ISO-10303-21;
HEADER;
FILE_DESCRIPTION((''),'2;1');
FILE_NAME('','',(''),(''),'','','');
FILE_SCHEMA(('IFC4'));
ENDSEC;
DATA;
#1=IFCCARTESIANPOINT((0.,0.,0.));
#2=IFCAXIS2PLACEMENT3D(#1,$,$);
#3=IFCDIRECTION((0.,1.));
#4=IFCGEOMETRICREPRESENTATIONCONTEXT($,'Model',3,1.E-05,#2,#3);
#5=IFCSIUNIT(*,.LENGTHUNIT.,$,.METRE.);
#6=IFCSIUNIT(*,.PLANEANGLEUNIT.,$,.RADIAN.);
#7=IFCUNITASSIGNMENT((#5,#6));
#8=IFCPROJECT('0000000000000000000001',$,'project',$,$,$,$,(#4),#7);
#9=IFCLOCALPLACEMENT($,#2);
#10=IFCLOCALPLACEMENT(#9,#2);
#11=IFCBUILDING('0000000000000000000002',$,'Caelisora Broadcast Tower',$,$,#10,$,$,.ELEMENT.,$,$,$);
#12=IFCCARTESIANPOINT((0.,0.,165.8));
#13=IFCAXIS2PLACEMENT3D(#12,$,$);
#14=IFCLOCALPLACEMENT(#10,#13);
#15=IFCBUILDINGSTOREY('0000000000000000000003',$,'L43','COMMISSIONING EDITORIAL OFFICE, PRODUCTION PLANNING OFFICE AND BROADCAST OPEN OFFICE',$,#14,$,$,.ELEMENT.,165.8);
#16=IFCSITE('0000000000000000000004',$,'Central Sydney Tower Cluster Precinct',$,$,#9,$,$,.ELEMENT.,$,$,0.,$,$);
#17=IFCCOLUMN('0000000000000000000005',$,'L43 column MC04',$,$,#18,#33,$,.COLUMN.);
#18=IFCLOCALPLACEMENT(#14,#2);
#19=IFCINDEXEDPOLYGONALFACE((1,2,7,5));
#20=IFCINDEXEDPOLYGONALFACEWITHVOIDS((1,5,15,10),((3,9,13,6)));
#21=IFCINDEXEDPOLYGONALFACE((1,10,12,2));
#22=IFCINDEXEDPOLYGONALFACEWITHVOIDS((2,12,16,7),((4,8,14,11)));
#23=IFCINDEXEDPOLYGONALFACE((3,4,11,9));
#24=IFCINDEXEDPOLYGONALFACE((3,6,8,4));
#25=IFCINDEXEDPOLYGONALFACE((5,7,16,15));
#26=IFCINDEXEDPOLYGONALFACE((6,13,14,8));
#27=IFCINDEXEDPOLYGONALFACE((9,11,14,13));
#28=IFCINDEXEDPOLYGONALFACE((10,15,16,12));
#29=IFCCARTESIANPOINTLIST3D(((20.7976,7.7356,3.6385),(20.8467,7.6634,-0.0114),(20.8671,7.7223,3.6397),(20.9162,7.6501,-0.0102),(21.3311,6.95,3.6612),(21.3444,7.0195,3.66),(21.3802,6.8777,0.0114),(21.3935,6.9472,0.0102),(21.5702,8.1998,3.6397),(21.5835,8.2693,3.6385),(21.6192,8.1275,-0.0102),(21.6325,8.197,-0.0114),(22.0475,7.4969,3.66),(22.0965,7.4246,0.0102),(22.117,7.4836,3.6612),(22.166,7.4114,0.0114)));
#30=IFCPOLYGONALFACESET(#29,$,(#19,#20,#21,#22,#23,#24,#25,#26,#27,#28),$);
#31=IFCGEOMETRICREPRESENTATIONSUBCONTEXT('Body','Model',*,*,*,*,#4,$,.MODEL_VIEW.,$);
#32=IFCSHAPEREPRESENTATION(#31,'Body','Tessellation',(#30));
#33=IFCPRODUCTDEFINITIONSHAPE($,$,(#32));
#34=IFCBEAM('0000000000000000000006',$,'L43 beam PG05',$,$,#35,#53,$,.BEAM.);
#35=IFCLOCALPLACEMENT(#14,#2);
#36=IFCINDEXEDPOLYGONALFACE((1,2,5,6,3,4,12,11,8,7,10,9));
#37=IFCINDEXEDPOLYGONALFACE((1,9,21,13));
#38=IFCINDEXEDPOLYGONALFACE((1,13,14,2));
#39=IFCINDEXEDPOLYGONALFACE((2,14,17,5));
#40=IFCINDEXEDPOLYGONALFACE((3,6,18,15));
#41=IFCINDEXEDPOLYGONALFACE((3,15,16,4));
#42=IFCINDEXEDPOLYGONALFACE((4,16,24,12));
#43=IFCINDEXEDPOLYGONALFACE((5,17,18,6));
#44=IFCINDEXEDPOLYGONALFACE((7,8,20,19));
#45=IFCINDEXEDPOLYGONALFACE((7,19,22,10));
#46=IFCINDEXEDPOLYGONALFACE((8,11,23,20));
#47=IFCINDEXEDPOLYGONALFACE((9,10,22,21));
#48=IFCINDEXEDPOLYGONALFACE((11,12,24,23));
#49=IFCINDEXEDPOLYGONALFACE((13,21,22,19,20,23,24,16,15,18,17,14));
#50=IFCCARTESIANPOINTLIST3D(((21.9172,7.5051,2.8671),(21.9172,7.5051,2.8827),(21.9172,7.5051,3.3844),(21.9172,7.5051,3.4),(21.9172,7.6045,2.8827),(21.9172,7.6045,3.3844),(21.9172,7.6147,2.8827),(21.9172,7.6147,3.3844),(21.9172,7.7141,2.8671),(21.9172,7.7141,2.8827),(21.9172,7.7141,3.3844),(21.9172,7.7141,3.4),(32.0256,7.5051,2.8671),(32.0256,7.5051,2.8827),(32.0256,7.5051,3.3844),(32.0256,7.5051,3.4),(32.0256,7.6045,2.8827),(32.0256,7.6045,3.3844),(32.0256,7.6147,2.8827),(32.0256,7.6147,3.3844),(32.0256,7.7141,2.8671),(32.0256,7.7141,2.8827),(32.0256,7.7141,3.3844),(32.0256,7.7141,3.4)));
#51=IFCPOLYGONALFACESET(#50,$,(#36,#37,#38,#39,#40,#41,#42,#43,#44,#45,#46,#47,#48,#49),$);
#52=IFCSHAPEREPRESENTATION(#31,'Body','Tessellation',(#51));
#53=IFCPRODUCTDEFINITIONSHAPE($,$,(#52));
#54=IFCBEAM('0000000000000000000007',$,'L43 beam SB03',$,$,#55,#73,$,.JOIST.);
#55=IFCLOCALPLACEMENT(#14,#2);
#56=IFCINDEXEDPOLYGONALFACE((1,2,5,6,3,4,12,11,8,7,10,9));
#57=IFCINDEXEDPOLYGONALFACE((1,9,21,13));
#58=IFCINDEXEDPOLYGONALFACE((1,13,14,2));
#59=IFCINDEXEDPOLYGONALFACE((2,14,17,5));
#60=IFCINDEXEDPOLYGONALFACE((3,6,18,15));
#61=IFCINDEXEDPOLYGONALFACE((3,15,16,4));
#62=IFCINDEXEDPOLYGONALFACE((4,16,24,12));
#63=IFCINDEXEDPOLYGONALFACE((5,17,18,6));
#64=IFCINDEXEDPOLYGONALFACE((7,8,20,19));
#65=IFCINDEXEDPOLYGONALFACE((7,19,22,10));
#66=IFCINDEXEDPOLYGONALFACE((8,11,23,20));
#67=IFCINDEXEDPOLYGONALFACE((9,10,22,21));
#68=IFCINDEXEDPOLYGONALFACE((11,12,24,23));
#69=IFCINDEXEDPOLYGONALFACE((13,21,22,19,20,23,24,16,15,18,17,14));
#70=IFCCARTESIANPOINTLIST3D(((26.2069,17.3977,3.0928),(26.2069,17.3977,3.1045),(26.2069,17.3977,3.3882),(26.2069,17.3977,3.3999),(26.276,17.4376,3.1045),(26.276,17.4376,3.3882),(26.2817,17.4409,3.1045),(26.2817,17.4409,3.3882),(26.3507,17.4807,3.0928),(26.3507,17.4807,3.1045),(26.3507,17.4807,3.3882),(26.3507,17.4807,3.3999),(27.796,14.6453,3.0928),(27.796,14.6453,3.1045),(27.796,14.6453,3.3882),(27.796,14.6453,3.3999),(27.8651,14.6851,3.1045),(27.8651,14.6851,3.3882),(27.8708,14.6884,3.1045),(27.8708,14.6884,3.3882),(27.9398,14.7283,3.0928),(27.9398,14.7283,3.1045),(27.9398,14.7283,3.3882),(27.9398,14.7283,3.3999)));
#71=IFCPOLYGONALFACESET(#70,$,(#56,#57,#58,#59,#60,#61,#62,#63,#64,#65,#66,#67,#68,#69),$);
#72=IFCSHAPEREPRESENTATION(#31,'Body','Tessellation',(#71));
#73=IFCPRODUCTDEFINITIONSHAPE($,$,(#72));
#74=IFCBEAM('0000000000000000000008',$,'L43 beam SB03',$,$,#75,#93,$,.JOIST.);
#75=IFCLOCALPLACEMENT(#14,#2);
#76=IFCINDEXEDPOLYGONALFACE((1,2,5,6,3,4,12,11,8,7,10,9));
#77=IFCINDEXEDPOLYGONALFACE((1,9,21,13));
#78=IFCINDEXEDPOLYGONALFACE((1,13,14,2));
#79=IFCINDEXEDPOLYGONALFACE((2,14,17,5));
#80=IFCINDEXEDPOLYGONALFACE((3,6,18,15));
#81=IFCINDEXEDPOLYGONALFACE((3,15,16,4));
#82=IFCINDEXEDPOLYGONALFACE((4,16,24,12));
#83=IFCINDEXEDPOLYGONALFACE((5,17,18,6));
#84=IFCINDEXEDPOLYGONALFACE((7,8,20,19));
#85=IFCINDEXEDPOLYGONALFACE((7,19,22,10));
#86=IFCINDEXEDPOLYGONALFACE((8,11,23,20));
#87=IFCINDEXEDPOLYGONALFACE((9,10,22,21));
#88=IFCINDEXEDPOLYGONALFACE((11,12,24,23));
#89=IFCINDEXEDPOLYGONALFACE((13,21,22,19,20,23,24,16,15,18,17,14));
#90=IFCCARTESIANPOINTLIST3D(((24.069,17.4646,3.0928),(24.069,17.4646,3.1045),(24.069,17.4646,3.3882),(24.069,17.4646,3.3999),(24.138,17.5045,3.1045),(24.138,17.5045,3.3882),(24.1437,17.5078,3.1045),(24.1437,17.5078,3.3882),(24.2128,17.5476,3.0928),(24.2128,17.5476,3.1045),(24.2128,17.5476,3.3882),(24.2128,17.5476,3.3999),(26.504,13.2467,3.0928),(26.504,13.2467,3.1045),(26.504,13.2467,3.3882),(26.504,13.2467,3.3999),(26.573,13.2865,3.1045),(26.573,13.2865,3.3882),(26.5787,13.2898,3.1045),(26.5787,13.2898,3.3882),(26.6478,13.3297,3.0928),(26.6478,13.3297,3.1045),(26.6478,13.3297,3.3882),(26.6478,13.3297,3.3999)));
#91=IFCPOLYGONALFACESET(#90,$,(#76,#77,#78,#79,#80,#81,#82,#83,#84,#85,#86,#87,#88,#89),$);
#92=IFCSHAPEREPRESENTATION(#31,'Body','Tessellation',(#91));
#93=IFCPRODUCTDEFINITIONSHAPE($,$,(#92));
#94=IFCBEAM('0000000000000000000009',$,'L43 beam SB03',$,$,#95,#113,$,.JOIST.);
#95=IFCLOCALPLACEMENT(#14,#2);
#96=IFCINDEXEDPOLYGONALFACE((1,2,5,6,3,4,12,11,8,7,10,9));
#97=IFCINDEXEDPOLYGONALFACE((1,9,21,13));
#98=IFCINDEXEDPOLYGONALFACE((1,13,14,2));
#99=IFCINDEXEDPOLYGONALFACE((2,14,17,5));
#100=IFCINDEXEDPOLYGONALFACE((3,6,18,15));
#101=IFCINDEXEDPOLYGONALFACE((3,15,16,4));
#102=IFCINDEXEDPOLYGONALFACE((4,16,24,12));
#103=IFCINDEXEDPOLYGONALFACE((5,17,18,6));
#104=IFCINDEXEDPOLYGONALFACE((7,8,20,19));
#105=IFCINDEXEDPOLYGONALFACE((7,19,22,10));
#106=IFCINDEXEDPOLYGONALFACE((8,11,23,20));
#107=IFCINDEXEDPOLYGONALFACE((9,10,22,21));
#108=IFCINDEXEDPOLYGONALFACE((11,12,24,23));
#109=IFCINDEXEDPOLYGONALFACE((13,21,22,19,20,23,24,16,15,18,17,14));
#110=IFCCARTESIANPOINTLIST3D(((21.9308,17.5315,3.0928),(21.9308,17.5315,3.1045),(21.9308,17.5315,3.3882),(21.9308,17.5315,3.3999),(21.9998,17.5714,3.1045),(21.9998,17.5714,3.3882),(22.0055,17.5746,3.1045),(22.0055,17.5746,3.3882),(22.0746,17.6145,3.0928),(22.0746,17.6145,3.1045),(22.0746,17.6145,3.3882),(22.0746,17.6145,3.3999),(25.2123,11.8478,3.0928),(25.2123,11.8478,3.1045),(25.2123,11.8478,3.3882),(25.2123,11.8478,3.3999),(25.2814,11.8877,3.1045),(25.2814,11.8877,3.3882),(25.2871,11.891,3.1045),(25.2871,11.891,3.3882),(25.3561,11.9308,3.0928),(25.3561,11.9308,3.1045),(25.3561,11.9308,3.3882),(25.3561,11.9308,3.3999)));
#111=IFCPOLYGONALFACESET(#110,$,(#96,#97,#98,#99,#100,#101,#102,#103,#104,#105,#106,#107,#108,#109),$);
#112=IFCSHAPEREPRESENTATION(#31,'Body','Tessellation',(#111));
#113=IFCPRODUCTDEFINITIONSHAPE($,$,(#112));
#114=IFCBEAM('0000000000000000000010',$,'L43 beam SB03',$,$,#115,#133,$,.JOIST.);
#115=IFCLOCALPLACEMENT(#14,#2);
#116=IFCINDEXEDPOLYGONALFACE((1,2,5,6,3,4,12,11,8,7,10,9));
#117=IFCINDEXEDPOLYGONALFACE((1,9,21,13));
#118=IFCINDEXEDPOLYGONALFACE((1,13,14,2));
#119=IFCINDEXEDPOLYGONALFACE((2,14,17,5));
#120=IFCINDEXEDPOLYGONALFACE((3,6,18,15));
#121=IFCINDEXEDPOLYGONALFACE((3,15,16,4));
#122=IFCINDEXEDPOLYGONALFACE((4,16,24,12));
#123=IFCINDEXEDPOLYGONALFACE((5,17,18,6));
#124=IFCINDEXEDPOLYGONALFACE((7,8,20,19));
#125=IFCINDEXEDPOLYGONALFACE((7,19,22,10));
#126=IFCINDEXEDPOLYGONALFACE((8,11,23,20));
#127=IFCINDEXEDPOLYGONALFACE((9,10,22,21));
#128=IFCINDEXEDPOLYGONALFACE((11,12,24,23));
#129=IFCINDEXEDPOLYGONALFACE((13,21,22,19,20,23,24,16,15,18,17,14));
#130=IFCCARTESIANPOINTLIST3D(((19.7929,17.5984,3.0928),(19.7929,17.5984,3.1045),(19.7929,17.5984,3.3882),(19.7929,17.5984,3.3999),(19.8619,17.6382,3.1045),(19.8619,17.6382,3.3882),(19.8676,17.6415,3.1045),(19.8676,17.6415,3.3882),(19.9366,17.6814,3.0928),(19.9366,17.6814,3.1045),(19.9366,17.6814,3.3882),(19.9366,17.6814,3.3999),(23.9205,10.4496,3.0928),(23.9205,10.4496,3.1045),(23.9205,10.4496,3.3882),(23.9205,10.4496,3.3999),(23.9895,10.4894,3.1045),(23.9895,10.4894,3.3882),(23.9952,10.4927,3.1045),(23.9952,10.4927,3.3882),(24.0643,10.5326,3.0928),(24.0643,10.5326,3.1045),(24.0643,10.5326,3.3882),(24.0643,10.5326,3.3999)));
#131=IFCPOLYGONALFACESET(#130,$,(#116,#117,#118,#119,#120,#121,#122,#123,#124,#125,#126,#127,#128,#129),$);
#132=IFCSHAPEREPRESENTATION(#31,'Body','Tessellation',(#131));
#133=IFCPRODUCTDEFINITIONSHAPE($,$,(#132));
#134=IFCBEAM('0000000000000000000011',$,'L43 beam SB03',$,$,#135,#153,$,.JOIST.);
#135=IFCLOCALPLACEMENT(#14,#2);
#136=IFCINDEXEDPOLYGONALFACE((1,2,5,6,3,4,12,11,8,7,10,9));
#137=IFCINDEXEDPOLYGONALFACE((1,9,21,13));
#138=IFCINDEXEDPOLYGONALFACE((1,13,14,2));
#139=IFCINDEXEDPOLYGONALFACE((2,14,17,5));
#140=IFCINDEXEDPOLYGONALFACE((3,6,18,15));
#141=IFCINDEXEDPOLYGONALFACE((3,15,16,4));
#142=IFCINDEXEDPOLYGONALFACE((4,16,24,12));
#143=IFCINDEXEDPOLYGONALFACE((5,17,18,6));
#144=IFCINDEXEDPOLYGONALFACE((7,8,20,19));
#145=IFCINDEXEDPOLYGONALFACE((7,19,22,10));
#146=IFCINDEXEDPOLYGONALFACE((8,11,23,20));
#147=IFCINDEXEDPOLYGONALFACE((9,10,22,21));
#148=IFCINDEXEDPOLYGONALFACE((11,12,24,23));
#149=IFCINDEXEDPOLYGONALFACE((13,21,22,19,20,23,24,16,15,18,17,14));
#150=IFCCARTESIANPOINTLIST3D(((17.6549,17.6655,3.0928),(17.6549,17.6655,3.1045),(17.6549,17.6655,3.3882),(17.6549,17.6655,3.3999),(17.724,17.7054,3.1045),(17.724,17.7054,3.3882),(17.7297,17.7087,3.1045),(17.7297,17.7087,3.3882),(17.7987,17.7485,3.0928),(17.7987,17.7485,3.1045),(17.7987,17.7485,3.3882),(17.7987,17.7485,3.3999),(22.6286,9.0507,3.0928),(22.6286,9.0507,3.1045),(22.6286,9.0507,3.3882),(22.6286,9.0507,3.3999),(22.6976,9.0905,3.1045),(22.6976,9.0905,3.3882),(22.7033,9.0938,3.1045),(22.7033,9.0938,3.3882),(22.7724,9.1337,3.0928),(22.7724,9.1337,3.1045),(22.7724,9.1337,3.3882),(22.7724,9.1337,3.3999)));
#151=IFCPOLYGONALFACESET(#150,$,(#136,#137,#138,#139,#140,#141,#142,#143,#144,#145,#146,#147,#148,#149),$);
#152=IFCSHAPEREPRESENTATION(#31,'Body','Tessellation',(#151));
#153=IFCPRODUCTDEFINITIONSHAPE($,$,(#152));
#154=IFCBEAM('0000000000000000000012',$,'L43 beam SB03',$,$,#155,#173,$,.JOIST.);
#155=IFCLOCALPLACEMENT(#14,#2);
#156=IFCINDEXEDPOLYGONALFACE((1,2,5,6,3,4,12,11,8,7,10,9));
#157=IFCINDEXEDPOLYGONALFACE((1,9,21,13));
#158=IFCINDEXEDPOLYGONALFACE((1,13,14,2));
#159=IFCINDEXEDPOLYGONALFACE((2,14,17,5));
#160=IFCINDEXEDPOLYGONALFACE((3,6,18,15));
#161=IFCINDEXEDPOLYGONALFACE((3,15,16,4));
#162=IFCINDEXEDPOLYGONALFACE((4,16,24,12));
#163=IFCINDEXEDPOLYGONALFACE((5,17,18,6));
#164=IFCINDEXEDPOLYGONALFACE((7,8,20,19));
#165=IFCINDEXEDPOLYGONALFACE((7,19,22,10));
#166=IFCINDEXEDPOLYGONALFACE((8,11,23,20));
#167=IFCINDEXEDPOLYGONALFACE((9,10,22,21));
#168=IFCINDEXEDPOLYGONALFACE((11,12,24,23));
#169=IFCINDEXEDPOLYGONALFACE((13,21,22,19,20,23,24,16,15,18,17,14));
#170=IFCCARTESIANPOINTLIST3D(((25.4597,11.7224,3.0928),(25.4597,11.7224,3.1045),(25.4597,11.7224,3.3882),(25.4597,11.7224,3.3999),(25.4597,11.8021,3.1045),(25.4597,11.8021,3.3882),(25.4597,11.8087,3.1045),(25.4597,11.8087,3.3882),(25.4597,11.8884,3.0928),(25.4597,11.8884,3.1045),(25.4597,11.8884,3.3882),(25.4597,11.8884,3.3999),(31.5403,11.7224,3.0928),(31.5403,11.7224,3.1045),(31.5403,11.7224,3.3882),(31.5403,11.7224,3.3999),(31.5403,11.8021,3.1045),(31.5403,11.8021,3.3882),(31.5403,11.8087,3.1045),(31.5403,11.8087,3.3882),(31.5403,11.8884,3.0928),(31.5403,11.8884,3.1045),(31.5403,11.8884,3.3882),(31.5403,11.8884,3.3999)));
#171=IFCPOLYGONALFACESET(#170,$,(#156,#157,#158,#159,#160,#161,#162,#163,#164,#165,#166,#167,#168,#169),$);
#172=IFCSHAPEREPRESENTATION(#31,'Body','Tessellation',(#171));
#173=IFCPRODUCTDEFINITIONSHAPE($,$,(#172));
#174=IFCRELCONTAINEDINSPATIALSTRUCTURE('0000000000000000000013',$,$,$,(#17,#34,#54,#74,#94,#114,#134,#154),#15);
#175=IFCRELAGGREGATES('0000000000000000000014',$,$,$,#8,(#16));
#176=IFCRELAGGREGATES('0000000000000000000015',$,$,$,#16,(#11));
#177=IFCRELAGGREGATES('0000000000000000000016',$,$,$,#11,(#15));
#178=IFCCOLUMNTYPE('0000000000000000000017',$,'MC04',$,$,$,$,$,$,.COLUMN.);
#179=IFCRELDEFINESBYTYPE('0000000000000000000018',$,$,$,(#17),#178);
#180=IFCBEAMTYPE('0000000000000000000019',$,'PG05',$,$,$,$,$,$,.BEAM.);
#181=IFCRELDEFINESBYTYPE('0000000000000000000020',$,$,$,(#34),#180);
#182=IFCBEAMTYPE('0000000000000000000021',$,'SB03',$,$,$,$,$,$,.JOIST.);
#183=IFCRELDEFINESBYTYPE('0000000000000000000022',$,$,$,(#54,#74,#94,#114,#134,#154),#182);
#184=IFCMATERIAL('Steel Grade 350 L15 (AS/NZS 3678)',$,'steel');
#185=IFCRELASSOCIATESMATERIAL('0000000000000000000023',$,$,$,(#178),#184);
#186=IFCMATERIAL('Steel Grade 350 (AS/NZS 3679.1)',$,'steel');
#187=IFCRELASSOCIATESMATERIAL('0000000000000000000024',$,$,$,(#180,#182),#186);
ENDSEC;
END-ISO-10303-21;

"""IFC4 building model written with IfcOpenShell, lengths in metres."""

from ifc_helpers import new_model, si_unit, direction, frame, origin, origin_2d, place, context, subcontext, project, spatial, hollow_rectangle, i_section, extrude, source, transform, mapped, material, material_profile, profile_set, type_object, type_shapes, element, save


model = new_model("IFC4")

# Units and contexts
model_context = context("Model", 3, precision=1e-05, world=origin(), true_north=direction((0.0, 1.0)))
body_context = subcontext(model_context, "Body", "Model", "MODEL_VIEW")
ifc_project = project(units=[si_unit("LENGTHUNIT", "METRE"), si_unit("PLANEANGLEUNIT", "RADIAN")], contexts=[model_context])

# Site, building, storey
site_placement = place(None, origin())
site = spatial("IfcSite", under=ifc_project, at=site_placement, Name="Central Sydney Tower Cluster Precinct", CompositionType="ELEMENT", RefElevation=0.0)
building_placement = place(site_placement, origin())
building = spatial("IfcBuilding", under=site, at=building_placement, Name="Caelisora Broadcast Tower", CompositionType="ELEMENT")
storey_placement = place(building_placement, frame((0.0, 0.0, 165.8)))
storey = spatial("IfcBuildingStorey", under=building, at=storey_placement, Name="L43", Description="COMMISSIONING EDITORIAL OFFICE, PRODUCTION PLANNING OFFICE AND BROADCAST OPEN OFFICE", CompositionType="ELEMENT", Elevation=165.8)

# Column
ifc_material_1 = material(Name="Steel Grade 350 L15 (AS/NZS 3678)", Category="steel")
ifc_material_profile_1 = material_profile(ifc_material_1, hollow_rectangle(XDim=0.95, YDim=0.95, WallThickness=0.05, at=origin_2d()), Name="Steel Grade 350 L15 (AS/NZS 3678)")
ifc_profile_set_1 = profile_set([ifc_material_profile_1], Name="Steel Grade 350 L15 (AS/NZS 3678)")
column_type = type_object("IfcColumnType", Name="MC04", PredefinedType="COLUMN", material=ifc_profile_set_1)
shared_shape_1 = source(origin(), body_context, "Body", "SweptSolid", [
    extrude(hollow_rectangle(XDim=0.95, YDim=0.95, WallThickness=0.05, at=origin_2d()), origin(), (0.0, 0.0, 1.0), 3.6509),
])
type_shapes(column_type, [shared_shape_1])
column_placement = place(storey_placement, frame((21.5063, 7.5374, 0.0), z_axis=(-0.013441, 0.019794, 0.999714), x_axis=(-0.82729, -0.561775, 0.0)))
element("IfcColumn", 1, at=column_placement, inside=storey, type_object=column_type, Name="L43 column MC04", PredefinedType="COLUMN", context=body_context, shape_type="MappedRepresentation", body=[
    mapped(shared_shape_1, transform((0.0, 0.0, 0.0), scale=1.0)),
])

# Beams
ifc_material_2 = material(Name="Steel Grade 350 (AS/NZS 3679.1)", Category="steel")
ifc_material_profile_2 = material_profile(ifc_material_2, i_section(OverallWidth=0.209, OverallDepth=0.533, WebThickness=0.0103, FlangeThickness=0.0156, at=origin_2d()), Name="Steel Grade 350 (AS/NZS 3679.1)")
ifc_profile_set_2 = profile_set([ifc_material_profile_2], Name="Steel Grade 350 (AS/NZS 3679.1)")
beam_type_1 = type_object("IfcBeamType", Name="PG05", PredefinedType="BEAM", material=ifc_profile_set_2)
shared_shape_2 = source(origin(), body_context, "Body", "SweptSolid", [
    extrude(i_section(OverallWidth=0.209, OverallDepth=0.533, WebThickness=0.0103, FlangeThickness=0.0156, at=origin_2d()), origin(), (0.0, 0.0, 1.0), 10.1084),
])
type_shapes(beam_type_1, [shared_shape_2])
beam_1_placement = place(storey_placement, frame((21.9172, 7.6096, 3.1335), z_axis=(1.0, 0.0, 0.0), x_axis=(0.0, 1.0, 0.0)))
element("IfcBeam", 2, at=beam_1_placement, inside=storey, type_object=beam_type_1, Name="L43 beam PG05", PredefinedType="BEAM", context=body_context, shape_type="MappedRepresentation", body=[
    mapped(shared_shape_2, transform((0.0, 0.0, 0.0), scale=1.0)),
])
ifc_material_profile_3 = material_profile(ifc_material_2, i_section(OverallWidth=0.166, OverallDepth=0.3071, WebThickness=0.0066, FlangeThickness=0.0117, at=origin_2d()), Name="Steel Grade 350 (AS/NZS 3679.1)")
ifc_profile_set_3 = profile_set([ifc_material_profile_3], Name="Steel Grade 350 (AS/NZS 3679.1)")
beam_type_2 = type_object("IfcBeamType", Name="SB03", PredefinedType="JOIST", material=ifc_profile_set_3)
shared_shape_3 = source(origin(), body_context, "Body", "SweptSolid", [
    extrude(i_section(OverallWidth=0.166, OverallDepth=0.3071, WebThickness=0.0066, FlangeThickness=0.0117, at=origin_2d()), origin(), (0.0, 0.0, 1.0), 3.1782),
])
beam_2_placement = place(storey_placement, frame((26.2788, 17.4392, 3.2463), z_axis=(0.499997, -0.866027, 0.0), x_axis=(0.866027, 0.499997, 0.0)))
element("IfcBeam", 3, at=beam_2_placement, inside=storey, type_object=beam_type_2, Name="L43 beam SB03", PredefinedType="JOIST", context=body_context, shape_type="MappedRepresentation", body=[
    mapped(shared_shape_3, transform((0.0, 0.0, 0.0), scale=1.0)),
])
shared_shape_4 = source(origin(), body_context, "Body", "SweptSolid", [
    extrude(i_section(OverallWidth=0.166, OverallDepth=0.3071, WebThickness=0.0066, FlangeThickness=0.0117, at=origin_2d()), origin(), (0.0, 0.0, 1.0), 4.8704),
])
beam_3_placement = place(storey_placement, frame((24.1409, 17.5061, 3.2463), z_axis=(0.499967, -0.866045, 0.0), x_axis=(0.866045, 0.499967, 0.0)))
element("IfcBeam", 4, at=beam_3_placement, inside=storey, type_object=beam_type_2, Name="L43 beam SB03", PredefinedType="JOIST", context=body_context, shape_type="MappedRepresentation", body=[
    mapped(shared_shape_4, transform((0.0, 0.0, 0.0), scale=1.0)),
])
shared_shape_5 = source(origin(), body_context, "Body", "SweptSolid", [
    extrude(i_section(OverallWidth=0.166, OverallDepth=0.3071, WebThickness=0.0066, FlangeThickness=0.0117, at=origin_2d()), origin(), (0.0, 0.0, 1.0), 6.563),
])
beam_4_placement = place(storey_placement, frame((22.0027, 17.573, 3.2463), z_axis=(0.500008, -0.866021, 0.0), x_axis=(0.866021, 0.500008, 0.0)))
element("IfcBeam", 5, at=beam_4_placement, inside=storey, type_object=beam_type_2, Name="L43 beam SB03", PredefinedType="JOIST", context=body_context, shape_type="MappedRepresentation", body=[
    mapped(shared_shape_5, transform((0.0, 0.0, 0.0), scale=1.0)),
])
shared_shape_6 = source(origin(), body_context, "Body", "SweptSolid", [
    extrude(i_section(OverallWidth=0.166, OverallDepth=0.3071, WebThickness=0.0066, FlangeThickness=0.0117, at=origin_2d()), origin(), (0.0, 0.0, 1.0), 8.2549),
])
beam_5_placement = place(storey_placement, frame((19.8647, 17.6399, 3.2463), z_axis=(0.500023, -0.866012, 0.0), x_axis=(0.866012, 0.500023, 0.0)))
element("IfcBeam", 6, at=beam_5_placement, inside=storey, type_object=beam_type_2, Name="L43 beam SB03", PredefinedType="JOIST", context=body_context, shape_type="MappedRepresentation", body=[
    mapped(shared_shape_6, transform((0.0, 0.0, 0.0), scale=1.0)),
])
shared_shape_7 = source(origin(), body_context, "Body", "SweptSolid", [
    extrude(i_section(OverallWidth=0.166, OverallDepth=0.3071, WebThickness=0.0066, FlangeThickness=0.0117, at=origin_2d()), origin(), (0.0, 0.0, 1.0), 9.9475),
])
beam_6_placement = place(storey_placement, frame((17.7268, 17.707, 3.2463), z_axis=(0.499993, -0.866029, 0.0), x_axis=(0.866029, 0.499993, 0.0)))
element("IfcBeam", 7, at=beam_6_placement, inside=storey, type_object=beam_type_2, Name="L43 beam SB03", PredefinedType="JOIST", context=body_context, shape_type="MappedRepresentation", body=[
    mapped(shared_shape_7, transform((0.0, 0.0, 0.0), scale=1.0)),
])
shared_shape_8 = source(origin(), body_context, "Body", "SweptSolid", [
    extrude(i_section(OverallWidth=0.166, OverallDepth=0.3071, WebThickness=0.0066, FlangeThickness=0.0117, at=origin_2d()), origin(), (0.0, 0.0, 1.0), 6.0806),
])
beam_7_placement = place(storey_placement, frame((25.4597, 11.8054, 3.2463), z_axis=(1.0, 0.0, 0.0), x_axis=(0.0, 1.0, 0.0)))
element("IfcBeam", 8, at=beam_7_placement, inside=storey, type_object=beam_type_2, Name="L43 beam SB03", PredefinedType="JOIST", context=body_context, shape_type="MappedRepresentation", body=[
    mapped(shared_shape_8, transform((0.0, 0.0, 0.0), scale=1.0)),
])

save(model, "model.ifc")
